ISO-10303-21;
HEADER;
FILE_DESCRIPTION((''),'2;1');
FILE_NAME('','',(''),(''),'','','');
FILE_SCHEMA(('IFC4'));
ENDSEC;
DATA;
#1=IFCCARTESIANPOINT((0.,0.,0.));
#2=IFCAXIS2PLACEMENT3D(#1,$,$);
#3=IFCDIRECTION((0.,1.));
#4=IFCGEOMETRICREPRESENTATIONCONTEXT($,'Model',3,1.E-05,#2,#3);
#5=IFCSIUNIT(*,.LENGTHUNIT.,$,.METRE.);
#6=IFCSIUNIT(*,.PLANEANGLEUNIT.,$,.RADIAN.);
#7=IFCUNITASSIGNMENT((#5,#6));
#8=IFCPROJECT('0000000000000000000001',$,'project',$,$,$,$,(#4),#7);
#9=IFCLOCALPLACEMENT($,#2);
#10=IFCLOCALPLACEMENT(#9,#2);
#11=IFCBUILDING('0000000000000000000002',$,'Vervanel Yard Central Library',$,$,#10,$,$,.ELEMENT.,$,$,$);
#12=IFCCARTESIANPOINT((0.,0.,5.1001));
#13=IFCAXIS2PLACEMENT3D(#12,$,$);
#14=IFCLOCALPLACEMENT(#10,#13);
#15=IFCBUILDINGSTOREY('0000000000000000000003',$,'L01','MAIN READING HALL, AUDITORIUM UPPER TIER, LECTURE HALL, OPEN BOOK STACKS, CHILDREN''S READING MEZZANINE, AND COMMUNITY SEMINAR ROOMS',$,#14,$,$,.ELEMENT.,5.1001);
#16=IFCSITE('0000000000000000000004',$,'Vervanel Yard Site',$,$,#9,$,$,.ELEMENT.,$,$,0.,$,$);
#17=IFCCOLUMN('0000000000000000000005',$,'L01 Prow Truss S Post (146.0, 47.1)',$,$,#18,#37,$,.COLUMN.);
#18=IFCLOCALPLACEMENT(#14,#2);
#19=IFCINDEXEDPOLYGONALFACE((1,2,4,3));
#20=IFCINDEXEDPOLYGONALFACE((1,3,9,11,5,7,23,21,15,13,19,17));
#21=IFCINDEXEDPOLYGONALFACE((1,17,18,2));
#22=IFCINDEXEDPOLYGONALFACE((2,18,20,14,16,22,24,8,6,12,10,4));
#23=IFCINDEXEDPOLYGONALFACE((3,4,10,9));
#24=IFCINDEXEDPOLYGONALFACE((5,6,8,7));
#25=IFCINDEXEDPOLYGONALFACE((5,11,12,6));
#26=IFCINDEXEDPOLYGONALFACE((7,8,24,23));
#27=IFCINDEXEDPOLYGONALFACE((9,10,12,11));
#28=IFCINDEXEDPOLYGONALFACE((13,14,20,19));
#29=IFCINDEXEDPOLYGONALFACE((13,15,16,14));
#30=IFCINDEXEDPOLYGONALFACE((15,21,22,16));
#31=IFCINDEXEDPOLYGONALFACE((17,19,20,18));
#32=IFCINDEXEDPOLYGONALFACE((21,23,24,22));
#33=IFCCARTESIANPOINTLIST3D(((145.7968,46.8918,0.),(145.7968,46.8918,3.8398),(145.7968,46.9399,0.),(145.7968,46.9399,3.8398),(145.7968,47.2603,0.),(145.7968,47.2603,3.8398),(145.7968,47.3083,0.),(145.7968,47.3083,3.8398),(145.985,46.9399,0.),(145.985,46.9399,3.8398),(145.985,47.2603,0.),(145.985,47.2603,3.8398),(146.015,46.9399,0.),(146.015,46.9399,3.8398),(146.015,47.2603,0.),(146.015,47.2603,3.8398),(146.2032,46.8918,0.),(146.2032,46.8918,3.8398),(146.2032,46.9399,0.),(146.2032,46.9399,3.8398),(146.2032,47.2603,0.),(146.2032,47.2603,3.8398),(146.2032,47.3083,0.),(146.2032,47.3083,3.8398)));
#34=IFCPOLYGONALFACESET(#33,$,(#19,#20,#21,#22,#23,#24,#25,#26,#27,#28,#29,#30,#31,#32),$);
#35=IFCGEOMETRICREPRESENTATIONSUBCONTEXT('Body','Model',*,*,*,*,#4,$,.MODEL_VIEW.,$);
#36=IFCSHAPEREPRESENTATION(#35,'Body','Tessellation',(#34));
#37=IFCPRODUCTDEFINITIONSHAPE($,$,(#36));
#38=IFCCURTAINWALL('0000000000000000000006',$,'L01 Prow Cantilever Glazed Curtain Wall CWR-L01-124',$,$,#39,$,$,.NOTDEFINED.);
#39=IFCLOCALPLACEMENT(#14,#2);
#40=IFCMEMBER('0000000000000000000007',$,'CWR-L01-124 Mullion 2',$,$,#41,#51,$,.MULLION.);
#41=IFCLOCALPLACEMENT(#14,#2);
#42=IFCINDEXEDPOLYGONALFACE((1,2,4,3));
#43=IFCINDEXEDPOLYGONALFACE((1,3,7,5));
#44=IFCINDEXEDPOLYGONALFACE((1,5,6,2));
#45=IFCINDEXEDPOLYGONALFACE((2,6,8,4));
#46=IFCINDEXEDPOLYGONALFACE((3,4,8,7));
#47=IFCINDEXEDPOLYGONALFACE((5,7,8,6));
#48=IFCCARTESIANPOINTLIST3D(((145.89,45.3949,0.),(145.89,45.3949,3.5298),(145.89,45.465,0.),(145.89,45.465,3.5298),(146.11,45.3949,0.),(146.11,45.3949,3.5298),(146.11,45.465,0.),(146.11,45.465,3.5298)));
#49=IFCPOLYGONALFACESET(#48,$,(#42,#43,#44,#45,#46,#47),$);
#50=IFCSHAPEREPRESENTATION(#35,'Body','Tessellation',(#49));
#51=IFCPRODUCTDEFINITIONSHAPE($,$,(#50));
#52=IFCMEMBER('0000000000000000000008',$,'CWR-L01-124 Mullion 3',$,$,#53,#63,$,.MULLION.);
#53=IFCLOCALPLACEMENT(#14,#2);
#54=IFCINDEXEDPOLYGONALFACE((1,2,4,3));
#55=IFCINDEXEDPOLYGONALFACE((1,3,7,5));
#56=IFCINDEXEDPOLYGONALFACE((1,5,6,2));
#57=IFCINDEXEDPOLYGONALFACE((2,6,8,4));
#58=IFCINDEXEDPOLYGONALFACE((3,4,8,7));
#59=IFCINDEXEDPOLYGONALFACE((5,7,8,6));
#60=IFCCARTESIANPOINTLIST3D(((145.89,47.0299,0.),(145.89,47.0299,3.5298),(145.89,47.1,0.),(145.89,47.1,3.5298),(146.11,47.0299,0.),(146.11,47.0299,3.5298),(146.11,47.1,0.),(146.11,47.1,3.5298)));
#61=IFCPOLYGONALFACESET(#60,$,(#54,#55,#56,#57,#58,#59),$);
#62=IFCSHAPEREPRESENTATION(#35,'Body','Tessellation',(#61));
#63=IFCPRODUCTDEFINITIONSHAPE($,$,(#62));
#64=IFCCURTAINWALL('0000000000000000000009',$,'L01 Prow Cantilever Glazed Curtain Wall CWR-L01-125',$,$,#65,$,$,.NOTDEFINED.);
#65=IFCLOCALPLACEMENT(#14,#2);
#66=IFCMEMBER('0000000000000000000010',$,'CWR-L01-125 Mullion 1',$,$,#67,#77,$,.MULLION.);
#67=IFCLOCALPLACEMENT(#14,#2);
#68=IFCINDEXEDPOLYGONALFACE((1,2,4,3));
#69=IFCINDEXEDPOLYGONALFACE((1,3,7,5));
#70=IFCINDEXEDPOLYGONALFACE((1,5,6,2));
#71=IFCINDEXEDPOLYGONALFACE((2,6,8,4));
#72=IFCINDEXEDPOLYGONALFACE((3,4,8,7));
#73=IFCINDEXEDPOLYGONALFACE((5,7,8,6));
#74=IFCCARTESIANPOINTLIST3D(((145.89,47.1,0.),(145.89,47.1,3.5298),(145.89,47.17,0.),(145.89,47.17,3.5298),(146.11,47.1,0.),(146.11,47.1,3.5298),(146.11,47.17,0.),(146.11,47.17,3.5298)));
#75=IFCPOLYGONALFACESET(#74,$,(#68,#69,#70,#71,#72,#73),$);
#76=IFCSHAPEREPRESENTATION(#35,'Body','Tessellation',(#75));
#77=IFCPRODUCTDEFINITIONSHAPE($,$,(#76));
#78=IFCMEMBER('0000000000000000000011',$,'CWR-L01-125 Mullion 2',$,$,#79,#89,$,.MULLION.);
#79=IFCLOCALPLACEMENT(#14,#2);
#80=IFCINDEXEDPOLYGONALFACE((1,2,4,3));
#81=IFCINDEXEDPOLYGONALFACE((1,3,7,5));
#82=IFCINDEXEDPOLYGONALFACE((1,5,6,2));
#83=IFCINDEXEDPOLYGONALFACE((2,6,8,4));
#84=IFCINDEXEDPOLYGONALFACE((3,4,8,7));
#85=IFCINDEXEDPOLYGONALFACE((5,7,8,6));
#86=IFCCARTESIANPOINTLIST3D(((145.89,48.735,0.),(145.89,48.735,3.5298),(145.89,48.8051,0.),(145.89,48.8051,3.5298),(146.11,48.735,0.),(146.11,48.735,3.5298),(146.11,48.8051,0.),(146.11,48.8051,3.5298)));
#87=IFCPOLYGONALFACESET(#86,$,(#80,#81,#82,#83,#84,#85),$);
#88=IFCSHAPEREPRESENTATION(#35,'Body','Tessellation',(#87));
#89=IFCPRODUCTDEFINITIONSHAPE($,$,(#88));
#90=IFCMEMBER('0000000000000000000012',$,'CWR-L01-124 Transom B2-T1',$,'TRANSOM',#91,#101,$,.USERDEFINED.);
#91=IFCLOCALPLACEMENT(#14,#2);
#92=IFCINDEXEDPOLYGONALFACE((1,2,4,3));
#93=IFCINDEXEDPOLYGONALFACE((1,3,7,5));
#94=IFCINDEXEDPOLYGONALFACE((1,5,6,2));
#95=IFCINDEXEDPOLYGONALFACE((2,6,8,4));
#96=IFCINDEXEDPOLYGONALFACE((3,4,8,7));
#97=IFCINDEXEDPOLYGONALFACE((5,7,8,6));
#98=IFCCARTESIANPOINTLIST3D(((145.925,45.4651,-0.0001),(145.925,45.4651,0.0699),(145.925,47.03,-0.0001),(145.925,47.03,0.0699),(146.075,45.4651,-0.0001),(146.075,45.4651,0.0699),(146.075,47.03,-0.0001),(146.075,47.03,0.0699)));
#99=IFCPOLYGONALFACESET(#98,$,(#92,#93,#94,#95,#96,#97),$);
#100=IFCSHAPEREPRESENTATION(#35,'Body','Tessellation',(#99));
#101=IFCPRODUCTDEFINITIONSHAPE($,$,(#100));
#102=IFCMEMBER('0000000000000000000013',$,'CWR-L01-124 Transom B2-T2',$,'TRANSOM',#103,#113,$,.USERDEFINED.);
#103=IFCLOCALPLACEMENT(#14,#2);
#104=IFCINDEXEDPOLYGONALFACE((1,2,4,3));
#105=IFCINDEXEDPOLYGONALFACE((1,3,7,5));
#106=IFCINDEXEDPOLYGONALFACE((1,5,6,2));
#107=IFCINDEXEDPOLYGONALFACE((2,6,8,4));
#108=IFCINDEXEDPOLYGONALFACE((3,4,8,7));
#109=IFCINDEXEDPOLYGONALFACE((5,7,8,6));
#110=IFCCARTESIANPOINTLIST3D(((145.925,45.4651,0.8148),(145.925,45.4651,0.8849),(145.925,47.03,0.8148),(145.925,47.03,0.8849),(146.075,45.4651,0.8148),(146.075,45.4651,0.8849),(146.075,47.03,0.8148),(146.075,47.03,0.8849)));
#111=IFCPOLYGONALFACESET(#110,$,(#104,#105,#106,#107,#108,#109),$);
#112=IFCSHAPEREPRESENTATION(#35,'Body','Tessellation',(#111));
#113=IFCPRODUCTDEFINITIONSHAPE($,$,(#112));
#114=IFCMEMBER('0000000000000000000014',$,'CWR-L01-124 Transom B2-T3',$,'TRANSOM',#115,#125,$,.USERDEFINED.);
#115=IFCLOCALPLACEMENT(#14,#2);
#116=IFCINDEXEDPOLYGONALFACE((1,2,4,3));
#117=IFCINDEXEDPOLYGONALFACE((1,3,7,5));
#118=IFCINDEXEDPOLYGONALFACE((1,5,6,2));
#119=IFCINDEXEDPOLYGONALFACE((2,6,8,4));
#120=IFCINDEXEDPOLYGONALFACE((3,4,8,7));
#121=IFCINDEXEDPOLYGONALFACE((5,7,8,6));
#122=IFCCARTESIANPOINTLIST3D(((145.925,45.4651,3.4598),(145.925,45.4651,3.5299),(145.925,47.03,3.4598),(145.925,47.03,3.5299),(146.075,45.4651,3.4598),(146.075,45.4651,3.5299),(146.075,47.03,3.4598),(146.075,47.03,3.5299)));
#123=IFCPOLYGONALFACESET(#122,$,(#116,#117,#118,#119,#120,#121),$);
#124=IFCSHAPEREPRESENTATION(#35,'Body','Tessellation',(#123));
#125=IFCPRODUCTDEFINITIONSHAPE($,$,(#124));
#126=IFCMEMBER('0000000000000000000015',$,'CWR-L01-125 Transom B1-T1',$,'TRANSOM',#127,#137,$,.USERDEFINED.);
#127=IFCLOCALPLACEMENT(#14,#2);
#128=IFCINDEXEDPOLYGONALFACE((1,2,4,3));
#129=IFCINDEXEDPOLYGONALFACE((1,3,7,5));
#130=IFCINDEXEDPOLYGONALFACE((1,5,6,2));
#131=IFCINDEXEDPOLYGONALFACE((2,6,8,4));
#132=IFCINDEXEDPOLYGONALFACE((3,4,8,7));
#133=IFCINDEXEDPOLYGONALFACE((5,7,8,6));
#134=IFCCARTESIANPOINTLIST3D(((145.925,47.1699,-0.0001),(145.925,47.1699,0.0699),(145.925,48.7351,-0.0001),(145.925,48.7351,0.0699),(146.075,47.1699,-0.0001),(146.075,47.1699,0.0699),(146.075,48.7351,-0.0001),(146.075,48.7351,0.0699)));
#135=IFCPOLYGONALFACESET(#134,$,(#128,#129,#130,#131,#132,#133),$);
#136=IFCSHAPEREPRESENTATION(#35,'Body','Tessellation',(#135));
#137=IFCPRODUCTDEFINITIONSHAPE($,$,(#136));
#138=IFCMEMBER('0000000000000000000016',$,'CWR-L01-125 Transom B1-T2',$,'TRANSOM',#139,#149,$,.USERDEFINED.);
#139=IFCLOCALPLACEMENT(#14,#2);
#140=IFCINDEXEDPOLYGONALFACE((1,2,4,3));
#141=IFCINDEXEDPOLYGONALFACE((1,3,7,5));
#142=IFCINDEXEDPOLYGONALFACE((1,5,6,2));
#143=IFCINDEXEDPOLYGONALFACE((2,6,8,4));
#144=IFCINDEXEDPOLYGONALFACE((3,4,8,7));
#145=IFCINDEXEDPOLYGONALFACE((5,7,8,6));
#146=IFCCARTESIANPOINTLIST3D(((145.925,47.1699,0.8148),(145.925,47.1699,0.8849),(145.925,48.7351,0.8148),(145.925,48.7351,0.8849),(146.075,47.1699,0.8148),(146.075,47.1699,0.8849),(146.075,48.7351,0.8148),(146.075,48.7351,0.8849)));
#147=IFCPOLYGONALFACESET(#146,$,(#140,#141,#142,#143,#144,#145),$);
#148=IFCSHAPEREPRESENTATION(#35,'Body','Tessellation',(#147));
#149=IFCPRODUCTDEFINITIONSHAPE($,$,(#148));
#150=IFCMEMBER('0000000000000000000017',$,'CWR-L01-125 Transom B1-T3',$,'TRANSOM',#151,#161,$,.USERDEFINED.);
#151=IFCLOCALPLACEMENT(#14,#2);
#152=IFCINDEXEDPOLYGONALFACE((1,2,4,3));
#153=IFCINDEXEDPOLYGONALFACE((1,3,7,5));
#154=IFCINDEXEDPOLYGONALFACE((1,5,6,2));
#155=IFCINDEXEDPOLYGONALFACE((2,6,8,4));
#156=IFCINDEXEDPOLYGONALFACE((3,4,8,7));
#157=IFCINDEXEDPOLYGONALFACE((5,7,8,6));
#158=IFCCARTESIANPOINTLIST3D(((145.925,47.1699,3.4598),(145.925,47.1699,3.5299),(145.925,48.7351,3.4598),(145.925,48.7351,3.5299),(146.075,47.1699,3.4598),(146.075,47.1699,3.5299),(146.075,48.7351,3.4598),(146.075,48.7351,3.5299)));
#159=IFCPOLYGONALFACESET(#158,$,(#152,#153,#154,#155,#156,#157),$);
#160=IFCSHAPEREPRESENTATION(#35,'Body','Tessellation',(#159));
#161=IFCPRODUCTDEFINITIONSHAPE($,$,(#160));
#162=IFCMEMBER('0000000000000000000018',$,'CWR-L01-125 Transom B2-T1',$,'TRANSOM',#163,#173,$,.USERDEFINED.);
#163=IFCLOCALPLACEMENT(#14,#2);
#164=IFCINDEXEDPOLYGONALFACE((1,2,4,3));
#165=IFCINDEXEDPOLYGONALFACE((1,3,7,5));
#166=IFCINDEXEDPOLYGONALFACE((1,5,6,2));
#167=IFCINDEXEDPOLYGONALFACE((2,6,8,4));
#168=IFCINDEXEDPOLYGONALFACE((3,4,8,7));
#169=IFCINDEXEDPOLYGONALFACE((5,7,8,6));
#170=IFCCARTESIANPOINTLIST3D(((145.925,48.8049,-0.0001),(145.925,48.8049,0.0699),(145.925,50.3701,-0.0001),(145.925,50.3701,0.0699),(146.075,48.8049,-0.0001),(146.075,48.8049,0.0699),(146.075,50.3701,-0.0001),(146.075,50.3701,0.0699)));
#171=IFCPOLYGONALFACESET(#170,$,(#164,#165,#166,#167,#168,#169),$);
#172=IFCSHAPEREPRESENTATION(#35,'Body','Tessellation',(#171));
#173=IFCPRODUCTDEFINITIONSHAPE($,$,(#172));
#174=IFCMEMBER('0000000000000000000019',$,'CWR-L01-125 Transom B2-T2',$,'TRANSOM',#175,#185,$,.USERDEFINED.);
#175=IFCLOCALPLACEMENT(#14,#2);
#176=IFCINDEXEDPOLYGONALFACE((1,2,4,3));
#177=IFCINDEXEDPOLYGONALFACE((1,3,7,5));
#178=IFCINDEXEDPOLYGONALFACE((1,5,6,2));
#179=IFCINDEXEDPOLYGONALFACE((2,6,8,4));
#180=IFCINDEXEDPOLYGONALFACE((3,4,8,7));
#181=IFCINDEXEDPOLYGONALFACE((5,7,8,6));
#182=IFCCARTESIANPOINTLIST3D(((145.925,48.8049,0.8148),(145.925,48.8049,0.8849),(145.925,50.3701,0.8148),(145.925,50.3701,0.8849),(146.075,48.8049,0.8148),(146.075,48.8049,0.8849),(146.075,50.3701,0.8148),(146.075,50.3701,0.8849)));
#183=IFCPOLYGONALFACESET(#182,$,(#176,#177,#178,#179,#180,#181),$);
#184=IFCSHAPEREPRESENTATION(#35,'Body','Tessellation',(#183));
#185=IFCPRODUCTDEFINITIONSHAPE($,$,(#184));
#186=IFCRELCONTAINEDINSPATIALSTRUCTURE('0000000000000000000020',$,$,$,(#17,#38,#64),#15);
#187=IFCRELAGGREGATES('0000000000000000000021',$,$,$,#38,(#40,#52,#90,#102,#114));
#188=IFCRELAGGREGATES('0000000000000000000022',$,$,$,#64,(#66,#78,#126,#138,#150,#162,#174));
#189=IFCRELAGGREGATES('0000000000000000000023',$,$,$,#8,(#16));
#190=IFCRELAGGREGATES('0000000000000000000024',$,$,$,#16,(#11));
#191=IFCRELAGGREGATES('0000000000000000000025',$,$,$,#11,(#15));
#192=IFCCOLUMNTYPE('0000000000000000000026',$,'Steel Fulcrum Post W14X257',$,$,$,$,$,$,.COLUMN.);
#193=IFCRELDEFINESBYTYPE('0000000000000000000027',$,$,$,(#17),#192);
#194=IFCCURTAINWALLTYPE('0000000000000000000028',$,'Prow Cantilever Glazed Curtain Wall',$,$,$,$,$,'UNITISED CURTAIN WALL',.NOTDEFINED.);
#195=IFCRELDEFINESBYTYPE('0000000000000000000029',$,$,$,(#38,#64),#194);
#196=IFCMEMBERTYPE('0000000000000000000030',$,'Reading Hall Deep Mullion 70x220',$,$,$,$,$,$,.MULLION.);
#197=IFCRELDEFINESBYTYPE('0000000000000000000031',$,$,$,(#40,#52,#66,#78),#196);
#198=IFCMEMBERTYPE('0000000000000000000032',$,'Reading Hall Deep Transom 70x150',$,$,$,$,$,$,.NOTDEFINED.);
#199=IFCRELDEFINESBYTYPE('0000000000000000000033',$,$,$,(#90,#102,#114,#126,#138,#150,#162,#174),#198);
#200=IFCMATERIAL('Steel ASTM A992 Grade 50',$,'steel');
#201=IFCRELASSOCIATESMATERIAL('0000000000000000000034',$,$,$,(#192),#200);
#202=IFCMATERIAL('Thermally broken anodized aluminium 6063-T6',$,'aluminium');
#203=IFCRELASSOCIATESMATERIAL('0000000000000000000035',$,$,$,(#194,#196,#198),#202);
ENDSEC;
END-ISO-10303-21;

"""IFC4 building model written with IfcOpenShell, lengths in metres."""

from ifc_helpers import new_model, si_unit, direction, frame, origin, origin_2d, place, context, subcontext, project, spatial, rectangle, i_section, extrude, material, material_profile, profile_set, type_object, element, aggregate, save


model = new_model("IFC4")

# Units and contexts
model_context = context("Model", 3, precision=1e-05, world=origin(), true_north=direction((0.0, 1.0)))
body_context = subcontext(model_context, "Body", "Model", "MODEL_VIEW")
ifc_project = project(units=[si_unit("LENGTHUNIT", "METRE"), si_unit("PLANEANGLEUNIT", "RADIAN")], contexts=[model_context])

# Site, building, storey
site_placement = place(None, origin())
site = spatial("IfcSite", under=ifc_project, at=site_placement, Name="Vervanel Yard Site", CompositionType="ELEMENT", RefElevation=0.0)
building_placement = place(site_placement, origin())
building = spatial("IfcBuilding", under=site, at=building_placement, Name="Vervanel Yard Central Library", CompositionType="ELEMENT")
storey_placement = place(building_placement, frame((0.0, 0.0, 5.1001)))
storey = spatial("IfcBuildingStorey", under=building, at=storey_placement, Name="L01", Description="MAIN READING HALL, AUDITORIUM UPPER TIER, LECTURE HALL, OPEN BOOK STACKS, CHILDREN'S READING MEZZANINE, AND COMMUNITY SEMINAR ROOMS", CompositionType="ELEMENT", Elevation=5.1001)

# Column
ifc_material_1 = material(Name="Steel ASTM A992 Grade 50", Category="steel")
ifc_material_profile_1 = material_profile(ifc_material_1, i_section(OverallWidth=0.4065, OverallDepth=0.4165, WebThickness=0.03, FlangeThickness=0.0481, at=origin_2d()), Name="W14X257", Category="steel")
ifc_profile_set_1 = profile_set([ifc_material_profile_1], Name="Steel ASTM A992 Grade 50")
column_type = type_object("IfcColumnType", Name="Steel Fulcrum Post W14X257", PredefinedType="COLUMN", material=ifc_profile_set_1)
column_placement = place(storey_placement, frame((146.0, 47.1001, 0.0), z_axis=(0.0, 0.0, 1.0), x_axis=(1.0, 0.0, 0.0)))
element("IfcColumn", 1, at=column_placement, inside=storey, type_object=column_type, Name="L01 Prow Truss S Post (146.0, 47.1)", PredefinedType="COLUMN", context=body_context, shape_type="SweptSolid", body=[
    extrude(i_section(OverallWidth=0.4065, OverallDepth=0.4165, WebThickness=0.03, FlangeThickness=0.0481, at=origin_2d()), origin(), (0.0, 0.0, 1.0), 3.8398),
])

# Curtain walls, members
ifc_material_2 = material(Name="Thermally broken anodized aluminium 6063-T6", Category="aluminium")
curtain_wall_type = type_object("IfcCurtainWallType", Name="Prow Cantilever Glazed Curtain Wall", ElementType="UNITISED CURTAIN WALL", PredefinedType="NOTDEFINED", material=ifc_material_2)
curtain_wall_1_placement = place(storey_placement, origin())
curtain_wall_1 = element("IfcCurtainWall", 2, at=curtain_wall_1_placement, inside=storey, type_object=curtain_wall_type, Name="L01 Prow Cantilever Glazed Curtain Wall CWR-L01-124", PredefinedType="NOTDEFINED")
ifc_material_profile_2 = material_profile(ifc_material_2, rectangle(XDim=0.0701, YDim=0.22, at=origin_2d()), Name="ALU 70x220", Category="aluminium")
ifc_profile_set_2 = profile_set([ifc_material_profile_2], Name="Thermally broken anodized aluminium 6063-T6")
member_type_1 = type_object("IfcMemberType", Name="Reading Hall Deep Mullion 70x220", PredefinedType="MULLION", material=ifc_profile_set_2)
member_1_placement = place(storey_placement, frame((146.0, 45.4299, 0.0), z_axis=(0.0, 0.0, 1.0), x_axis=(0.0, 1.0, 0.0)))
member_1 = element("IfcMember", 3, at=member_1_placement, type_object=member_type_1, Name="CWR-L01-124 Mullion 2", PredefinedType="MULLION", context=body_context, shape_type="SweptSolid", body=[
    extrude(rectangle(XDim=0.0701, YDim=0.22, at=origin_2d()), origin(), (0.0, 0.0, 1.0), 3.5298),
])
member_2_placement = place(storey_placement, frame((146.0, 47.0649, 0.0), z_axis=(0.0, 0.0, 1.0), x_axis=(0.0, 1.0, 0.0)))
member_2 = element("IfcMember", 4, at=member_2_placement, type_object=member_type_1, Name="CWR-L01-124 Mullion 3", PredefinedType="MULLION", context=body_context, shape_type="SweptSolid", body=[
    extrude(rectangle(XDim=0.0701, YDim=0.22, at=origin_2d()), origin(), (0.0, 0.0, 1.0), 3.5298),
])
curtain_wall_2_placement = place(storey_placement, origin())
curtain_wall_2 = element("IfcCurtainWall", 5, at=curtain_wall_2_placement, inside=storey, type_object=curtain_wall_type, Name="L01 Prow Cantilever Glazed Curtain Wall CWR-L01-125", PredefinedType="NOTDEFINED")
member_3_placement = place(storey_placement, frame((146.0, 47.135, 0.0), z_axis=(0.0, 0.0, 1.0), x_axis=(0.0, 1.0, 0.0)))
member_3 = element("IfcMember", 6, at=member_3_placement, type_object=member_type_1, Name="CWR-L01-125 Mullion 1", PredefinedType="MULLION", context=body_context, shape_type="SweptSolid", body=[
    extrude(rectangle(XDim=0.0701, YDim=0.22, at=origin_2d()), origin(), (0.0, 0.0, 1.0), 3.5298),
])
member_4_placement = place(storey_placement, frame((146.0, 48.77, 0.0), z_axis=(0.0, 0.0, 1.0), x_axis=(0.0, 1.0, 0.0)))
member_4 = element("IfcMember", 7, at=member_4_placement, type_object=member_type_1, Name="CWR-L01-125 Mullion 2", PredefinedType="MULLION", context=body_context, shape_type="SweptSolid", body=[
    extrude(rectangle(XDim=0.0701, YDim=0.22, at=origin_2d()), origin(), (0.0, 0.0, 1.0), 3.5298),
])

# Members
ifc_material_profile_3 = material_profile(ifc_material_2, rectangle(XDim=0.0701, YDim=0.1499, at=origin_2d()), Name="ALU 70x150", Category="aluminium")
ifc_profile_set_3 = profile_set([ifc_material_profile_3], Name="Thermally broken anodized aluminium 6063-T6")
member_type_2 = type_object("IfcMemberType", Name="Reading Hall Deep Transom 70x150", PredefinedType="NOTDEFINED", material=ifc_profile_set_3)
member_5_placement = place(storey_placement, frame((146.0, 45.4651, 0.0349), z_axis=(0.0, 1.0, 0.0), x_axis=(0.0, 0.0, 1.0)))
member_5 = element("IfcMember", 8, at=member_5_placement, type_object=member_type_2, Name="CWR-L01-124 Transom B2-T1", ObjectType="TRANSOM", PredefinedType="USERDEFINED", context=body_context, shape_type="SweptSolid", body=[
    extrude(rectangle(XDim=0.0701, YDim=0.1499, at=origin_2d()), origin(), (0.0, 0.0, 1.0), 1.5649),
])
member_6_placement = place(storey_placement, frame((146.0, 45.4651, 0.8499), z_axis=(0.0, 1.0, 0.0), x_axis=(0.0, 0.0, 1.0)))
member_6 = element("IfcMember", 9, at=member_6_placement, type_object=member_type_2, Name="CWR-L01-124 Transom B2-T2", ObjectType="TRANSOM", PredefinedType="USERDEFINED", context=body_context, shape_type="SweptSolid", body=[
    extrude(rectangle(XDim=0.0701, YDim=0.1499, at=origin_2d()), origin(), (0.0, 0.0, 1.0), 1.5649),
])
member_7_placement = place(storey_placement, frame((146.0, 45.4651, 3.4949), z_axis=(0.0, 1.0, 0.0), x_axis=(0.0, 0.0, 1.0)))
member_7 = element("IfcMember", 10, at=member_7_placement, type_object=member_type_2, Name="CWR-L01-124 Transom B2-T3", ObjectType="TRANSOM", PredefinedType="USERDEFINED", context=body_context, shape_type="SweptSolid", body=[
    extrude(rectangle(XDim=0.0701, YDim=0.1499, at=origin_2d()), origin(), (0.0, 0.0, 1.0), 1.5649),
])
member_8_placement = place(storey_placement, frame((146.0, 47.1699, 0.0349), z_axis=(0.0, 1.0, 0.0), x_axis=(0.0, 0.0, 1.0)))
member_8 = element("IfcMember", 11, at=member_8_placement, type_object=member_type_2, Name="CWR-L01-125 Transom B1-T1", ObjectType="TRANSOM", PredefinedType="USERDEFINED", context=body_context, shape_type="SweptSolid", body=[
    extrude(rectangle(XDim=0.0701, YDim=0.1499, at=origin_2d()), origin(), (0.0, 0.0, 1.0), 1.5652),
])
member_9_placement = place(storey_placement, frame((146.0, 47.1699, 0.8499), z_axis=(0.0, 1.0, 0.0), x_axis=(0.0, 0.0, 1.0)))
member_9 = element("IfcMember", 12, at=member_9_placement, type_object=member_type_2, Name="CWR-L01-125 Transom B1-T2", ObjectType="TRANSOM", PredefinedType="USERDEFINED", context=body_context, shape_type="SweptSolid", body=[
    extrude(rectangle(XDim=0.0701, YDim=0.1499, at=origin_2d()), origin(), (0.0, 0.0, 1.0), 1.5652),
])
member_10_placement = place(storey_placement, frame((146.0, 47.1699, 3.4949), z_axis=(0.0, 1.0, 0.0), x_axis=(0.0, 0.0, 1.0)))
member_10 = element("IfcMember", 13, at=member_10_placement, type_object=member_type_2, Name="CWR-L01-125 Transom B1-T3", ObjectType="TRANSOM", PredefinedType="USERDEFINED", context=body_context, shape_type="SweptSolid", body=[
    extrude(rectangle(XDim=0.0701, YDim=0.1499, at=origin_2d()), origin(), (0.0, 0.0, 1.0), 1.5652),
])
member_11_placement = place(storey_placement, frame((146.0, 48.8049, 0.0349), z_axis=(0.0, 1.0, 0.0), x_axis=(0.0, 0.0, 1.0)))
member_11 = element("IfcMember", 14, at=member_11_placement, type_object=member_type_2, Name="CWR-L01-125 Transom B2-T1", ObjectType="TRANSOM", PredefinedType="USERDEFINED", context=body_context, shape_type="SweptSolid", body=[
    extrude(rectangle(XDim=0.0701, YDim=0.1499, at=origin_2d()), origin(), (0.0, 0.0, 1.0), 1.5652),
])
member_12_placement = place(storey_placement, frame((146.0, 48.8049, 0.8499), z_axis=(0.0, 1.0, 0.0), x_axis=(0.0, 0.0, 1.0)))
member_12 = element("IfcMember", 15, at=member_12_placement, type_object=member_type_2, Name="CWR-L01-125 Transom B2-T2", ObjectType="TRANSOM", PredefinedType="USERDEFINED", context=body_context, shape_type="SweptSolid", body=[
    extrude(rectangle(XDim=0.0701, YDim=0.1499, at=origin_2d()), origin(), (0.0, 0.0, 1.0), 1.5652),
])

aggregate(curtain_wall_1, [member_1, member_2, member_5, member_6, member_7])
aggregate(curtain_wall_2, [member_3, member_4, member_8, member_9, member_10, member_11, member_12])

save(model, "model.ifc")
